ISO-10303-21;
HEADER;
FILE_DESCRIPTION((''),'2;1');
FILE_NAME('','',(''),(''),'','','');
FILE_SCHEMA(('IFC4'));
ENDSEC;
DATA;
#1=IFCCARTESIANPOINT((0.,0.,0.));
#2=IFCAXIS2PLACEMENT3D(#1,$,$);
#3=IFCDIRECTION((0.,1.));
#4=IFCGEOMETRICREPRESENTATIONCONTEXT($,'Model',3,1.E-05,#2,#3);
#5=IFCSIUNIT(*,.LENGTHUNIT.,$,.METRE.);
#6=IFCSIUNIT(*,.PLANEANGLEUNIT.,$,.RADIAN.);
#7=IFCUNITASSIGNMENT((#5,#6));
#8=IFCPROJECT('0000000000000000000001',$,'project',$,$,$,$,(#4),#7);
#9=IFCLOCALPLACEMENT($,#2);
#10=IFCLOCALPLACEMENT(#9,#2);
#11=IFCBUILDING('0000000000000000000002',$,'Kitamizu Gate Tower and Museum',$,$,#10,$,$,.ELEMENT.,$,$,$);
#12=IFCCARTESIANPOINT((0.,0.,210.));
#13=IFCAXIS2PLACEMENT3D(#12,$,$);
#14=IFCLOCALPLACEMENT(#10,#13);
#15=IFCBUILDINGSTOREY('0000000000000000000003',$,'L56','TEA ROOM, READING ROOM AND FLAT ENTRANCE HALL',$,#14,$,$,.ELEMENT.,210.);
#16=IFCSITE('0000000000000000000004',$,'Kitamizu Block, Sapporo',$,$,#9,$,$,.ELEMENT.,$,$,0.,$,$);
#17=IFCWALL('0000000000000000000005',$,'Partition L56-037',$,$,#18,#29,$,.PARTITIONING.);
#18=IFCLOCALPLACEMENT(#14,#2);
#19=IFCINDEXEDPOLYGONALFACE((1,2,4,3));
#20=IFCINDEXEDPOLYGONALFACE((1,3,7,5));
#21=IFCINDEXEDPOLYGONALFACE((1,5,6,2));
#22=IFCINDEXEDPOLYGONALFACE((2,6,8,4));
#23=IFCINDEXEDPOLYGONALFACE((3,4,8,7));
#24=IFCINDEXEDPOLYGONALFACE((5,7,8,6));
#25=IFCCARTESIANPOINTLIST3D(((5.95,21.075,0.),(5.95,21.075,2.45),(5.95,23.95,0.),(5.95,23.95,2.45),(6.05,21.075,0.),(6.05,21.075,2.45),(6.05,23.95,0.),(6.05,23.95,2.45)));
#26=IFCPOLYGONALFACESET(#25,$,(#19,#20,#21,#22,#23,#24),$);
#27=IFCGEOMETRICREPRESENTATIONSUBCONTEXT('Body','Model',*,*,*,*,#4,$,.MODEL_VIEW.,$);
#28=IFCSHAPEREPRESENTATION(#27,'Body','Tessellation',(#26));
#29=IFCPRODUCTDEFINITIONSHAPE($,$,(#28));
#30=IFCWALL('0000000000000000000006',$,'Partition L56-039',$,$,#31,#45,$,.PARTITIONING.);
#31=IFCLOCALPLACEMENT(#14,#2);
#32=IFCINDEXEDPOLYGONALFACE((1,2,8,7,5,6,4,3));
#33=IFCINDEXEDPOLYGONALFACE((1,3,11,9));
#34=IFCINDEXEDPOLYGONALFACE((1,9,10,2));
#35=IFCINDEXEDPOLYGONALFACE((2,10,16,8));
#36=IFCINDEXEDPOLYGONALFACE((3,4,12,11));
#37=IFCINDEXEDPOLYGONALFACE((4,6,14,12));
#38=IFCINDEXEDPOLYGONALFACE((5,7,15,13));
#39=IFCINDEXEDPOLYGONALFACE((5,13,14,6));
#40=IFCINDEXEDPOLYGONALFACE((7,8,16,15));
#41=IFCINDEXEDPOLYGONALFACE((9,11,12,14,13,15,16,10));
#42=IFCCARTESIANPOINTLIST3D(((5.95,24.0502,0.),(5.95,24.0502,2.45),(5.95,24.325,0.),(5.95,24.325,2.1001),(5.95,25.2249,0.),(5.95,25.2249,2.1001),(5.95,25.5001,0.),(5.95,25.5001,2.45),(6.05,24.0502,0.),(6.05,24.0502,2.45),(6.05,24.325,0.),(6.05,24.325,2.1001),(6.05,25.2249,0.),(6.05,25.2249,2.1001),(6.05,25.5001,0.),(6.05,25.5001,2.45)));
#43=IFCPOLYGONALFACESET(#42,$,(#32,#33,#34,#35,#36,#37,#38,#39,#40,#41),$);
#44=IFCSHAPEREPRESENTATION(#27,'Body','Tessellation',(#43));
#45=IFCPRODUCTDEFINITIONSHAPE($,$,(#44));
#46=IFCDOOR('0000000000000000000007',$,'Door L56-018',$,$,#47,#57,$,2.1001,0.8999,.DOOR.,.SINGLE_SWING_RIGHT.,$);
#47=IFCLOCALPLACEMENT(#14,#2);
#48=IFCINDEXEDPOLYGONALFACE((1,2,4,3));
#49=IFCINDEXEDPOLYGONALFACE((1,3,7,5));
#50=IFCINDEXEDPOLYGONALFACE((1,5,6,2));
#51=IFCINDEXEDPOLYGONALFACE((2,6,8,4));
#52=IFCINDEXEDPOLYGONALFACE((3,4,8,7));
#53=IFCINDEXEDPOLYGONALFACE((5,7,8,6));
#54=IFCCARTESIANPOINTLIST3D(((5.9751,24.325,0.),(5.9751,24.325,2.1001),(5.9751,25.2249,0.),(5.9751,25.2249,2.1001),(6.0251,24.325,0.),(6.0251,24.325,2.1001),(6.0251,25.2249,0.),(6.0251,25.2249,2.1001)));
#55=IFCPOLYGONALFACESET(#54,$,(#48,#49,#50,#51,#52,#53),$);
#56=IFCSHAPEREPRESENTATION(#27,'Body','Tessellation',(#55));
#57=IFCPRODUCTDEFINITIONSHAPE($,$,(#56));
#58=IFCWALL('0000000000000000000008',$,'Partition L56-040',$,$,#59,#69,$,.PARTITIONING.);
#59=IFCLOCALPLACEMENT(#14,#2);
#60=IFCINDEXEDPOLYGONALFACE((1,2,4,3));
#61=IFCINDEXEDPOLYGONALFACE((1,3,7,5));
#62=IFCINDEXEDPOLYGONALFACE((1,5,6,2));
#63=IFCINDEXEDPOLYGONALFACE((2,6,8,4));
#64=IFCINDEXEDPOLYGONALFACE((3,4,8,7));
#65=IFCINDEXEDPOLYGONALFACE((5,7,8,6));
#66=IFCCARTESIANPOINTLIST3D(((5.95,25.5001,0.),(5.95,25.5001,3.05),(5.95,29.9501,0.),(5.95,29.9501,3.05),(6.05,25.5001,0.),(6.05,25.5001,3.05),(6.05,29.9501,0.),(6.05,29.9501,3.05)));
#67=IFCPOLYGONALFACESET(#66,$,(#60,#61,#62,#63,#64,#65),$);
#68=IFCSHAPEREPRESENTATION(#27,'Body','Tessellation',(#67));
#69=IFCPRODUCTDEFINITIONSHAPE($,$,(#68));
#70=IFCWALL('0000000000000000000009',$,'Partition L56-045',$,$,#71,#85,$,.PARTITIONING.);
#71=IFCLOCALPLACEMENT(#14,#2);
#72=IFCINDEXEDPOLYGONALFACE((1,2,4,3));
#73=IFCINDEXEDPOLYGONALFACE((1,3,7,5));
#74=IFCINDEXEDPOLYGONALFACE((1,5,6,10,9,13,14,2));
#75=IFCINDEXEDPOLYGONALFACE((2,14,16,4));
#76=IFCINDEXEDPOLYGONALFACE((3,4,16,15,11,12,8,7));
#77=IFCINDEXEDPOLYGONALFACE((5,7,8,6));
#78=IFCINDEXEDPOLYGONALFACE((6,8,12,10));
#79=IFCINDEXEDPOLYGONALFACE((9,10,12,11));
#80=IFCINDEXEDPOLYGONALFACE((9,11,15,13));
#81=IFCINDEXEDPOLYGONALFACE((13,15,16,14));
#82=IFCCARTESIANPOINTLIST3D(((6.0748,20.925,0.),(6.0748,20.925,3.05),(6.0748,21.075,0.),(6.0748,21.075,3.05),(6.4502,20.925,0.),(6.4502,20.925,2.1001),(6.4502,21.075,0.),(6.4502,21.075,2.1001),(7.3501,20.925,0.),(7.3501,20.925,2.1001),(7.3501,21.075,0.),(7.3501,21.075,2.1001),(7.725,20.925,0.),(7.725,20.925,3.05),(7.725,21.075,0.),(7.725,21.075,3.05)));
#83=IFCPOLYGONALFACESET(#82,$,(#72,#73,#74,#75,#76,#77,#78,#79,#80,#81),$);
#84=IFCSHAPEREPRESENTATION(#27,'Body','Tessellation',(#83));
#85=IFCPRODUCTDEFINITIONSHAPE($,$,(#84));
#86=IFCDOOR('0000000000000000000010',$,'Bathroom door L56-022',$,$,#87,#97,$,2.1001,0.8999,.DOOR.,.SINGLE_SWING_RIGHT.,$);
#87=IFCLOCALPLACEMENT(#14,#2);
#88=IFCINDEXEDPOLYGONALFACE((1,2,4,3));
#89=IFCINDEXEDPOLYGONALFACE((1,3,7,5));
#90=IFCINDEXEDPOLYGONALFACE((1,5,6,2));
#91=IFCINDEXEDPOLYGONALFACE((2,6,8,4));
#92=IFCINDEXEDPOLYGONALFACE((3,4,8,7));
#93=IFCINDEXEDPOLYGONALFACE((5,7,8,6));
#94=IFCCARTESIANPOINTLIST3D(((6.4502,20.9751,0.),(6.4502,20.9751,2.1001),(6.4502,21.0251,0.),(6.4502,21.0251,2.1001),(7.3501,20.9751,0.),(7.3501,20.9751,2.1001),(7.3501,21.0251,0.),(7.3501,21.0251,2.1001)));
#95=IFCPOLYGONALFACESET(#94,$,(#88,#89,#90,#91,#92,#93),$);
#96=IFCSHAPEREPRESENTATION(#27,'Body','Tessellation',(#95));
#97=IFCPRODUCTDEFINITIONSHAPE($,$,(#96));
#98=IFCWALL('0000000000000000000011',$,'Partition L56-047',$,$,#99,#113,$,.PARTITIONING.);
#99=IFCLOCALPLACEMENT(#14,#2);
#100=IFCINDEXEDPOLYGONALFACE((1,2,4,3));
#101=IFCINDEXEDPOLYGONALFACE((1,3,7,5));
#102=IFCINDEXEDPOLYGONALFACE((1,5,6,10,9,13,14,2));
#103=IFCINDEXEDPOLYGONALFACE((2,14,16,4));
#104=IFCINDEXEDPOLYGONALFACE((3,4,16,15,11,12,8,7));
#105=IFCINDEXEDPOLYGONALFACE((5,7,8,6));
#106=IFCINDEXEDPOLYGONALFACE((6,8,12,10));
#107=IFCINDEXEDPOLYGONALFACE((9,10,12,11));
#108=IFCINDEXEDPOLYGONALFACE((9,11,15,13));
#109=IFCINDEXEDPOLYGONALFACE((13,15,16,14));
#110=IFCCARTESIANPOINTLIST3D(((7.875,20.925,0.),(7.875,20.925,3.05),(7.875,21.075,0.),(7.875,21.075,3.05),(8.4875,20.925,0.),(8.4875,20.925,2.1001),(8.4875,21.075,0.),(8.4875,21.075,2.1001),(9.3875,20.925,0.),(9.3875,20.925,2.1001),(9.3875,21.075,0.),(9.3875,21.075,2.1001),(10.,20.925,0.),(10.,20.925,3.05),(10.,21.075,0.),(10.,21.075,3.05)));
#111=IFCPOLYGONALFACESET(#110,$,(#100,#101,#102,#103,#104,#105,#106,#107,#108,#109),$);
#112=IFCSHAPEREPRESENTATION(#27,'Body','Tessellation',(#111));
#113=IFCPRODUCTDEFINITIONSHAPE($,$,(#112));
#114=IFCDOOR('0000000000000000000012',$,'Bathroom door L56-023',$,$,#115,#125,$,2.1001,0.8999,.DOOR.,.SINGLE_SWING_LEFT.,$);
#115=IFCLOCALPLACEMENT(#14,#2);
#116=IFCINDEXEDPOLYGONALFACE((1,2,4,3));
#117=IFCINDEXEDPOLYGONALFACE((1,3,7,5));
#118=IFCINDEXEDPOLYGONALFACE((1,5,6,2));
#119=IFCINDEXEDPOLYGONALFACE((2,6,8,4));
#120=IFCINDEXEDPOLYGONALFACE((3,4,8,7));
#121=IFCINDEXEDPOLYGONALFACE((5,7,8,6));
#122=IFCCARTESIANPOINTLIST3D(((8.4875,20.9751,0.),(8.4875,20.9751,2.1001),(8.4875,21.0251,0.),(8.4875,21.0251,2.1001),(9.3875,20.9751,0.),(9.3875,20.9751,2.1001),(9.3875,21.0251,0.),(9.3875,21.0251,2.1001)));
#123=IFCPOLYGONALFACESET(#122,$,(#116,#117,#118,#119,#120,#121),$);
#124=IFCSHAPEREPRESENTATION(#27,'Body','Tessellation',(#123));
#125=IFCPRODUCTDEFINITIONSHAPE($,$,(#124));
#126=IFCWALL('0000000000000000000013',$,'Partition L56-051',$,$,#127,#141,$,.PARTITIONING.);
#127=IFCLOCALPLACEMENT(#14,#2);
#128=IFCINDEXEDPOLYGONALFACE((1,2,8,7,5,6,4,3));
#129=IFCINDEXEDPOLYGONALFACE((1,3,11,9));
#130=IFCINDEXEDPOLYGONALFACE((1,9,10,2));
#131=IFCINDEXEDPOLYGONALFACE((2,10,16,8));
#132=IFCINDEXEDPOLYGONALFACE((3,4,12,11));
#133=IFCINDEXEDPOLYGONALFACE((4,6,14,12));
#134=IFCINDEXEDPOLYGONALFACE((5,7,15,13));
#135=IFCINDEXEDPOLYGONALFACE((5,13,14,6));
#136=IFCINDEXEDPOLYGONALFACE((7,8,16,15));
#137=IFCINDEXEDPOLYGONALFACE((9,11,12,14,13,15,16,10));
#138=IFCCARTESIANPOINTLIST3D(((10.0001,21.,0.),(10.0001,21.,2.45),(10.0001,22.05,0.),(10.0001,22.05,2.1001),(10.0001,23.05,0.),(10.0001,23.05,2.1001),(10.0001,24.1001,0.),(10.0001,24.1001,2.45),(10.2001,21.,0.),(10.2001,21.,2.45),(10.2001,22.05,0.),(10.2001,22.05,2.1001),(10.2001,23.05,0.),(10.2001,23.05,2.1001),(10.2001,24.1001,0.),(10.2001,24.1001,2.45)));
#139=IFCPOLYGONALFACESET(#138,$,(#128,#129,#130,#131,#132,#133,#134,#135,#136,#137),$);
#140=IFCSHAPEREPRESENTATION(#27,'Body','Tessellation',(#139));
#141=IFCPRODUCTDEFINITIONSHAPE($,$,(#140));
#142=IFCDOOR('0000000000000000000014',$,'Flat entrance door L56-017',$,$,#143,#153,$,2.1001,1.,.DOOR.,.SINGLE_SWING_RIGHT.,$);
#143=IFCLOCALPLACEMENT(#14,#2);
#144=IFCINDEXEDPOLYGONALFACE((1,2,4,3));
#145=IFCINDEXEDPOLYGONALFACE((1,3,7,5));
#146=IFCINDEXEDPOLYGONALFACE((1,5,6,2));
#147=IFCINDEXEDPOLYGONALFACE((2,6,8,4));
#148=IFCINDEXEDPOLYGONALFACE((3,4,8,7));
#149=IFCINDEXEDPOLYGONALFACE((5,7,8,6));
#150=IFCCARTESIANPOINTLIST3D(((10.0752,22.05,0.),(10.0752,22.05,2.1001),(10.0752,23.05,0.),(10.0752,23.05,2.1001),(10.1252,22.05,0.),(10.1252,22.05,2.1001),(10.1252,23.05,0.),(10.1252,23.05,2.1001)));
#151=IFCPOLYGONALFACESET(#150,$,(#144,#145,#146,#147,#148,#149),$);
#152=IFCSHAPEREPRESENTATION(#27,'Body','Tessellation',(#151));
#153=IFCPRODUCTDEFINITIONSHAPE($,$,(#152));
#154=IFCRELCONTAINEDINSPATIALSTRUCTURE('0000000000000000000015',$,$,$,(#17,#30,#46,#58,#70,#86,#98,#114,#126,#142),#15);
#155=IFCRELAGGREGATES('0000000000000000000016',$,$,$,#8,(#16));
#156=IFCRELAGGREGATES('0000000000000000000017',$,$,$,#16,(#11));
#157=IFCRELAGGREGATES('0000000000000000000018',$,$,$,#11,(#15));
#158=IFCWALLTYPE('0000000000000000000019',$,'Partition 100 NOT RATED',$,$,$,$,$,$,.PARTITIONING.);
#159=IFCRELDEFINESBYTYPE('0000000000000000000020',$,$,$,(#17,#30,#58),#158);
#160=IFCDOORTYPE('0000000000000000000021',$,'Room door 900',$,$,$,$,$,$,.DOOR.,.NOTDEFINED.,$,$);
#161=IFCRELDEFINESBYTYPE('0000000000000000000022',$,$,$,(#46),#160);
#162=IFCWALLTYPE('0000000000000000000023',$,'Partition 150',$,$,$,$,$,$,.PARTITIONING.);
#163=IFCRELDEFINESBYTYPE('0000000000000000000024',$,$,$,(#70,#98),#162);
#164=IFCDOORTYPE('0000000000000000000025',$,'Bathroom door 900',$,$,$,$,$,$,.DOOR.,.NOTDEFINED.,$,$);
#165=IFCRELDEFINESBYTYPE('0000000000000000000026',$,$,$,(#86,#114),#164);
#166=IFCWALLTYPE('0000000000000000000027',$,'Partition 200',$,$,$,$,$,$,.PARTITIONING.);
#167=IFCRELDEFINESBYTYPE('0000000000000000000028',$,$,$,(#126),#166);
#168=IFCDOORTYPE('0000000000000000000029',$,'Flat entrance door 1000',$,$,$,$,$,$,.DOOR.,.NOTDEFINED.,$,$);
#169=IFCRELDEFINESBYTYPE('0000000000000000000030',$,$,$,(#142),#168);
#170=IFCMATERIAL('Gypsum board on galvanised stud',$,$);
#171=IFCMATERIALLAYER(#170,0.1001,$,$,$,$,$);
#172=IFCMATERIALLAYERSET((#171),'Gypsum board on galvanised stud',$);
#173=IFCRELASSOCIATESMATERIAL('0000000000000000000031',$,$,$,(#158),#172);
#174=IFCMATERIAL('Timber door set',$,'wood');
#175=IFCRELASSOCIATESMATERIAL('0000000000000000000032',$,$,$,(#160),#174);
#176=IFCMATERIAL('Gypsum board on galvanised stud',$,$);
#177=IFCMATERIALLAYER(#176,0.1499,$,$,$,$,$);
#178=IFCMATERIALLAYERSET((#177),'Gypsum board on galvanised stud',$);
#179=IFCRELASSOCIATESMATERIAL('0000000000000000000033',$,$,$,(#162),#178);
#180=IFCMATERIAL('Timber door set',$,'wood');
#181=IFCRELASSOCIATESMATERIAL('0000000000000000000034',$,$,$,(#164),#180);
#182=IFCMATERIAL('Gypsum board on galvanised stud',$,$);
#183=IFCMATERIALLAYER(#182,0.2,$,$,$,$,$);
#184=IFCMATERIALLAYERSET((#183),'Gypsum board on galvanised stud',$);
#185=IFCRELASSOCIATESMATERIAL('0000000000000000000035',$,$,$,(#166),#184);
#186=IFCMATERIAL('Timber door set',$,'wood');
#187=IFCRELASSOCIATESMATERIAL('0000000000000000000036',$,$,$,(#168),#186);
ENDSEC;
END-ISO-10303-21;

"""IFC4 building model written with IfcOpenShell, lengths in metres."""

from ifc_helpers import new_model, si_unit, direction, frame, frame_2d, origin, place, context, subcontext, project, spatial, rectangle, extrude, material, layer, layer_set, type_object, element, fill, save


model = new_model("IFC4")

# Units and contexts
model_context = context("Model", 3, precision=1e-05, world=origin(), true_north=direction((0.0, 1.0)))
body_context = subcontext(model_context, "Body", "Model", "MODEL_VIEW")
ifc_project = project(units=[si_unit("LENGTHUNIT", "METRE"), si_unit("PLANEANGLEUNIT", "RADIAN")], contexts=[model_context])

# Site, building, storey
site_placement = place(None, origin())
site = spatial("IfcSite", under=ifc_project, at=site_placement, Name="Kitamizu Block, Sapporo", CompositionType="ELEMENT", RefElevation=0.0)
building_placement = place(site_placement, origin())
building = spatial("IfcBuilding", under=site, at=building_placement, Name="Kitamizu Gate Tower and Museum", CompositionType="ELEMENT")
storey_placement = place(building_placement, frame((0.0, 0.0, 210.0)))
storey = spatial("IfcBuildingStorey", under=building, at=storey_placement, Name="L56", Description="TEA ROOM, READING ROOM AND FLAT ENTRANCE HALL", CompositionType="ELEMENT", Elevation=210.0)

# Shared definitions
ifc_material_1 = material(Name="Gypsum board on galvanised stud")
ifc_layer_1 = layer(ifc_material_1, 0.1001)
ifc_layer_set_1 = layer_set([ifc_layer_1], Name="Gypsum board on galvanised stud")
wall_type_1 = type_object("IfcWallType", Name="Partition 100 NOT RATED", PredefinedType="PARTITIONING", material=ifc_layer_set_1)
ifc_material_2 = material(Name="Timber door set", Category="wood")
door_type_1 = type_object("IfcDoorType", Name="Room door 900", OperationType="NOTDEFINED", PredefinedType="DOOR", material=ifc_material_2)

# Wall
wall_1_placement = place(storey_placement, frame((6.0, 21.075, 0.0), z_axis=(0.0, 0.0, 1.0), x_axis=(0.0, 1.0, 0.0)))
element("IfcWall", 1, at=wall_1_placement, inside=storey, type_object=wall_type_1, Name="Partition L56-037", PredefinedType="PARTITIONING", context=body_context, shape_type="SweptSolid", body=[
    extrude(rectangle(XDim=2.875, YDim=0.1001, at=frame_2d((1.4375, 0.0))), origin(), (0.0, 0.0, 1.0), 2.45),
])

# Wall, opening, door
wall_2_placement = place(storey_placement, frame((6.0, 24.05, 0.0), z_axis=(0.0, 0.0, 1.0), x_axis=(0.0, 1.0, 0.0)))
wall_2 = element("IfcWall", 2, at=wall_2_placement, inside=storey, type_object=wall_type_1, Name="Partition L56-039", PredefinedType="PARTITIONING", context=body_context, shape_type="SweptSolid", body=[
    extrude(rectangle(XDim=1.45, YDim=0.1001, at=frame_2d((0.7251, 0.0))), origin(), (0.0, 0.0, 1.0), 2.45),
])
opening_1_placement = place(wall_2_placement, frame((0.2749, 0.0, 0.0)))
opening_1 = element("IfcOpeningElement", 3, at=opening_1_placement, cuts=wall_2, PredefinedType="OPENING", context=body_context, shape_type="SweptSolid", body=[
    extrude(rectangle(XDim=0.8999, YDim=2.1001, at=frame_2d((0.45, 1.05))), frame((0.0, 0.0601, 0.0), z_axis=(0.0, -1.0, 0.0), x_axis=(1.0, 0.0, 0.0)), (0.0, 0.0, 1.0), 0.1201),
])
door_1_placement = place(opening_1_placement, origin())
door_1 = element("IfcDoor", 4, at=door_1_placement, inside=storey, type_object=door_type_1, Name="Door L56-018", OperationType="SINGLE_SWING_RIGHT", OverallHeight=2.1001, OverallWidth=0.8999, PredefinedType="DOOR", context=body_context, shape_type="SweptSolid", body=[
    extrude(rectangle(XDim=0.8999, YDim=2.1001, at=frame_2d((0.45, 1.05))), frame((0.0, 0.0249, 0.0), z_axis=(0.0, -1.0, 0.0), x_axis=(1.0, 0.0, 0.0)), (0.0, 0.0, 1.0), 0.05),
])
fill(opening_1, door_1)

# Wall
wall_3_placement = place(storey_placement, frame((6.0, 25.5, 0.0), z_axis=(0.0, 0.0, 1.0), x_axis=(0.0, 1.0, 0.0)))
element("IfcWall", 5, at=wall_3_placement, inside=storey, type_object=wall_type_1, Name="Partition L56-040", PredefinedType="PARTITIONING", context=body_context, shape_type="SweptSolid", body=[
    extrude(rectangle(XDim=4.45, YDim=0.1001, at=frame_2d((2.2251, 0.0))), origin(), (0.0, 0.0, 1.0), 3.05),
])

# Walls, openings, doors
ifc_material_3 = material(Name="Gypsum board on galvanised stud")
ifc_layer_2 = layer(ifc_material_3, 0.1499)
ifc_layer_set_2 = layer_set([ifc_layer_2], Name="Gypsum board on galvanised stud")
wall_type_2 = type_object("IfcWallType", Name="Partition 150", PredefinedType="PARTITIONING", material=ifc_layer_set_2)
wall_4_placement = place(storey_placement, frame((7.7251, 21.0, 0.0), z_axis=(0.0, 0.0, 1.0), x_axis=(-1.0, 0.0, 0.0)))
wall_4 = element("IfcWall", 6, at=wall_4_placement, inside=storey, type_object=wall_type_2, Name="Partition L56-045", PredefinedType="PARTITIONING", context=body_context, shape_type="SweptSolid", body=[
    extrude(rectangle(XDim=1.6501, YDim=0.1499, at=frame_2d((0.8252, 0.0))), origin(), (0.0, 0.0, 1.0), 3.05),
])
opening_2_placement = place(wall_4_placement, frame((0.375, 0.0, 0.0)))
opening_2 = element("IfcOpeningElement", 7, at=opening_2_placement, cuts=wall_4, PredefinedType="OPENING", context=body_context, shape_type="SweptSolid", body=[
    extrude(rectangle(XDim=0.8999, YDim=2.1001, at=frame_2d((0.45, 1.05))), frame((0.0, 0.085, 0.0), z_axis=(0.0, -1.0, 0.0), x_axis=(1.0, 0.0, 0.0)), (0.0, 0.0, 1.0), 0.1699),
])
ifc_material_4 = material(Name="Timber door set", Category="wood")
door_type_2 = type_object("IfcDoorType", Name="Bathroom door 900", OperationType="NOTDEFINED", PredefinedType="DOOR", material=ifc_material_4)
door_2_placement = place(opening_2_placement, origin())
door_2 = element("IfcDoor", 8, at=door_2_placement, inside=storey, type_object=door_type_2, Name="Bathroom door L56-022", OperationType="SINGLE_SWING_RIGHT", OverallHeight=2.1001, OverallWidth=0.8999, PredefinedType="DOOR", context=body_context, shape_type="SweptSolid", body=[
    extrude(rectangle(XDim=0.8999, YDim=2.1001, at=frame_2d((0.45, 1.05))), frame((0.0, 0.0249, 0.0), z_axis=(0.0, -1.0, 0.0), x_axis=(1.0, 0.0, 0.0)), (0.0, 0.0, 1.0), 0.05),
])
fill(opening_2, door_2)
wall_5_placement = place(storey_placement, frame((10.0, 21.0, 0.0), z_axis=(0.0, 0.0, 1.0), x_axis=(-1.0, 0.0, 0.0)))
wall_5 = element("IfcWall", 9, at=wall_5_placement, inside=storey, type_object=wall_type_2, Name="Partition L56-047", PredefinedType="PARTITIONING", context=body_context, shape_type="SweptSolid", body=[
    extrude(rectangle(XDim=2.125, YDim=0.1499, at=frame_2d((1.0625, 0.0))), origin(), (0.0, 0.0, 1.0), 3.05),
])
opening_3_placement = place(wall_5_placement, frame((0.6125, 0.0, 0.0)))
opening_3 = element("IfcOpeningElement", 10, at=opening_3_placement, cuts=wall_5, PredefinedType="OPENING", context=body_context, shape_type="SweptSolid", body=[
    extrude(rectangle(XDim=0.8999, YDim=2.1001, at=frame_2d((0.45, 1.05))), frame((0.0, 0.085, 0.0), z_axis=(0.0, -1.0, 0.0), x_axis=(1.0, 0.0, 0.0)), (0.0, 0.0, 1.0), 0.1699),
])
door_3_placement = place(opening_3_placement, origin())
door_3 = element("IfcDoor", 11, at=door_3_placement, inside=storey, type_object=door_type_2, Name="Bathroom door L56-023", OperationType="SINGLE_SWING_LEFT", OverallHeight=2.1001, OverallWidth=0.8999, PredefinedType="DOOR", context=body_context, shape_type="SweptSolid", body=[
    extrude(rectangle(XDim=0.8999, YDim=2.1001, at=frame_2d((0.45, 1.05))), frame((0.0, 0.0249, 0.0), z_axis=(0.0, -1.0, 0.0), x_axis=(1.0, 0.0, 0.0)), (0.0, 0.0, 1.0), 0.05),
])
fill(opening_3, door_3)
ifc_material_5 = material(Name="Gypsum board on galvanised stud")
ifc_layer_3 = layer(ifc_material_5, 0.2)
ifc_layer_set_3 = layer_set([ifc_layer_3], Name="Gypsum board on galvanised stud")
wall_type_3 = type_object("IfcWallType", Name="Partition 200", PredefinedType="PARTITIONING", material=ifc_layer_set_3)
wall_6_placement = place(storey_placement, frame((10.1001, 21.0, 0.0), z_axis=(0.0, 0.0, 1.0), x_axis=(0.0, 1.0, 0.0)))
wall_6 = element("IfcWall", 12, at=wall_6_placement, inside=storey, type_object=wall_type_3, Name="Partition L56-051", PredefinedType="PARTITIONING", context=body_context, shape_type="SweptSolid", body=[
    extrude(rectangle(XDim=3.1001, YDim=0.2, at=frame_2d((1.55, 0.0))), origin(), (0.0, 0.0, 1.0), 2.45),
])
opening_4_placement = place(wall_6_placement, frame((1.05, 0.0, 0.0)))
opening_4 = element("IfcOpeningElement", 13, at=opening_4_placement, cuts=wall_6, PredefinedType="OPENING", context=body_context, shape_type="SweptSolid", body=[
    extrude(rectangle(XDim=1.0, YDim=2.1001, at=frame_2d((0.5, 1.05))), frame((0.0, 0.1099, 0.0), z_axis=(0.0, -1.0, 0.0), x_axis=(1.0, 0.0, 0.0)), (0.0, 0.0, 1.0), 0.22),
])
ifc_material_6 = material(Name="Timber door set", Category="wood")
door_type_3 = type_object("IfcDoorType", Name="Flat entrance door 1000", OperationType="NOTDEFINED", PredefinedType="DOOR", material=ifc_material_6)
door_4_placement = place(opening_4_placement, origin())
door_4 = element("IfcDoor", 14, at=door_4_placement, inside=storey, type_object=door_type_3, Name="Flat entrance door L56-017", OperationType="SINGLE_SWING_RIGHT", OverallHeight=2.1001, OverallWidth=1.0, PredefinedType="DOOR", context=body_context, shape_type="SweptSolid", body=[
    extrude(rectangle(XDim=1.0, YDim=2.1001, at=frame_2d((0.5, 1.05))), frame((0.0, 0.0249, 0.0), z_axis=(0.0, -1.0, 0.0), x_axis=(1.0, 0.0, 0.0)), (0.0, 0.0, 1.0), 0.05),
])
fill(opening_4, door_4)

save(model, "model.ifc")
